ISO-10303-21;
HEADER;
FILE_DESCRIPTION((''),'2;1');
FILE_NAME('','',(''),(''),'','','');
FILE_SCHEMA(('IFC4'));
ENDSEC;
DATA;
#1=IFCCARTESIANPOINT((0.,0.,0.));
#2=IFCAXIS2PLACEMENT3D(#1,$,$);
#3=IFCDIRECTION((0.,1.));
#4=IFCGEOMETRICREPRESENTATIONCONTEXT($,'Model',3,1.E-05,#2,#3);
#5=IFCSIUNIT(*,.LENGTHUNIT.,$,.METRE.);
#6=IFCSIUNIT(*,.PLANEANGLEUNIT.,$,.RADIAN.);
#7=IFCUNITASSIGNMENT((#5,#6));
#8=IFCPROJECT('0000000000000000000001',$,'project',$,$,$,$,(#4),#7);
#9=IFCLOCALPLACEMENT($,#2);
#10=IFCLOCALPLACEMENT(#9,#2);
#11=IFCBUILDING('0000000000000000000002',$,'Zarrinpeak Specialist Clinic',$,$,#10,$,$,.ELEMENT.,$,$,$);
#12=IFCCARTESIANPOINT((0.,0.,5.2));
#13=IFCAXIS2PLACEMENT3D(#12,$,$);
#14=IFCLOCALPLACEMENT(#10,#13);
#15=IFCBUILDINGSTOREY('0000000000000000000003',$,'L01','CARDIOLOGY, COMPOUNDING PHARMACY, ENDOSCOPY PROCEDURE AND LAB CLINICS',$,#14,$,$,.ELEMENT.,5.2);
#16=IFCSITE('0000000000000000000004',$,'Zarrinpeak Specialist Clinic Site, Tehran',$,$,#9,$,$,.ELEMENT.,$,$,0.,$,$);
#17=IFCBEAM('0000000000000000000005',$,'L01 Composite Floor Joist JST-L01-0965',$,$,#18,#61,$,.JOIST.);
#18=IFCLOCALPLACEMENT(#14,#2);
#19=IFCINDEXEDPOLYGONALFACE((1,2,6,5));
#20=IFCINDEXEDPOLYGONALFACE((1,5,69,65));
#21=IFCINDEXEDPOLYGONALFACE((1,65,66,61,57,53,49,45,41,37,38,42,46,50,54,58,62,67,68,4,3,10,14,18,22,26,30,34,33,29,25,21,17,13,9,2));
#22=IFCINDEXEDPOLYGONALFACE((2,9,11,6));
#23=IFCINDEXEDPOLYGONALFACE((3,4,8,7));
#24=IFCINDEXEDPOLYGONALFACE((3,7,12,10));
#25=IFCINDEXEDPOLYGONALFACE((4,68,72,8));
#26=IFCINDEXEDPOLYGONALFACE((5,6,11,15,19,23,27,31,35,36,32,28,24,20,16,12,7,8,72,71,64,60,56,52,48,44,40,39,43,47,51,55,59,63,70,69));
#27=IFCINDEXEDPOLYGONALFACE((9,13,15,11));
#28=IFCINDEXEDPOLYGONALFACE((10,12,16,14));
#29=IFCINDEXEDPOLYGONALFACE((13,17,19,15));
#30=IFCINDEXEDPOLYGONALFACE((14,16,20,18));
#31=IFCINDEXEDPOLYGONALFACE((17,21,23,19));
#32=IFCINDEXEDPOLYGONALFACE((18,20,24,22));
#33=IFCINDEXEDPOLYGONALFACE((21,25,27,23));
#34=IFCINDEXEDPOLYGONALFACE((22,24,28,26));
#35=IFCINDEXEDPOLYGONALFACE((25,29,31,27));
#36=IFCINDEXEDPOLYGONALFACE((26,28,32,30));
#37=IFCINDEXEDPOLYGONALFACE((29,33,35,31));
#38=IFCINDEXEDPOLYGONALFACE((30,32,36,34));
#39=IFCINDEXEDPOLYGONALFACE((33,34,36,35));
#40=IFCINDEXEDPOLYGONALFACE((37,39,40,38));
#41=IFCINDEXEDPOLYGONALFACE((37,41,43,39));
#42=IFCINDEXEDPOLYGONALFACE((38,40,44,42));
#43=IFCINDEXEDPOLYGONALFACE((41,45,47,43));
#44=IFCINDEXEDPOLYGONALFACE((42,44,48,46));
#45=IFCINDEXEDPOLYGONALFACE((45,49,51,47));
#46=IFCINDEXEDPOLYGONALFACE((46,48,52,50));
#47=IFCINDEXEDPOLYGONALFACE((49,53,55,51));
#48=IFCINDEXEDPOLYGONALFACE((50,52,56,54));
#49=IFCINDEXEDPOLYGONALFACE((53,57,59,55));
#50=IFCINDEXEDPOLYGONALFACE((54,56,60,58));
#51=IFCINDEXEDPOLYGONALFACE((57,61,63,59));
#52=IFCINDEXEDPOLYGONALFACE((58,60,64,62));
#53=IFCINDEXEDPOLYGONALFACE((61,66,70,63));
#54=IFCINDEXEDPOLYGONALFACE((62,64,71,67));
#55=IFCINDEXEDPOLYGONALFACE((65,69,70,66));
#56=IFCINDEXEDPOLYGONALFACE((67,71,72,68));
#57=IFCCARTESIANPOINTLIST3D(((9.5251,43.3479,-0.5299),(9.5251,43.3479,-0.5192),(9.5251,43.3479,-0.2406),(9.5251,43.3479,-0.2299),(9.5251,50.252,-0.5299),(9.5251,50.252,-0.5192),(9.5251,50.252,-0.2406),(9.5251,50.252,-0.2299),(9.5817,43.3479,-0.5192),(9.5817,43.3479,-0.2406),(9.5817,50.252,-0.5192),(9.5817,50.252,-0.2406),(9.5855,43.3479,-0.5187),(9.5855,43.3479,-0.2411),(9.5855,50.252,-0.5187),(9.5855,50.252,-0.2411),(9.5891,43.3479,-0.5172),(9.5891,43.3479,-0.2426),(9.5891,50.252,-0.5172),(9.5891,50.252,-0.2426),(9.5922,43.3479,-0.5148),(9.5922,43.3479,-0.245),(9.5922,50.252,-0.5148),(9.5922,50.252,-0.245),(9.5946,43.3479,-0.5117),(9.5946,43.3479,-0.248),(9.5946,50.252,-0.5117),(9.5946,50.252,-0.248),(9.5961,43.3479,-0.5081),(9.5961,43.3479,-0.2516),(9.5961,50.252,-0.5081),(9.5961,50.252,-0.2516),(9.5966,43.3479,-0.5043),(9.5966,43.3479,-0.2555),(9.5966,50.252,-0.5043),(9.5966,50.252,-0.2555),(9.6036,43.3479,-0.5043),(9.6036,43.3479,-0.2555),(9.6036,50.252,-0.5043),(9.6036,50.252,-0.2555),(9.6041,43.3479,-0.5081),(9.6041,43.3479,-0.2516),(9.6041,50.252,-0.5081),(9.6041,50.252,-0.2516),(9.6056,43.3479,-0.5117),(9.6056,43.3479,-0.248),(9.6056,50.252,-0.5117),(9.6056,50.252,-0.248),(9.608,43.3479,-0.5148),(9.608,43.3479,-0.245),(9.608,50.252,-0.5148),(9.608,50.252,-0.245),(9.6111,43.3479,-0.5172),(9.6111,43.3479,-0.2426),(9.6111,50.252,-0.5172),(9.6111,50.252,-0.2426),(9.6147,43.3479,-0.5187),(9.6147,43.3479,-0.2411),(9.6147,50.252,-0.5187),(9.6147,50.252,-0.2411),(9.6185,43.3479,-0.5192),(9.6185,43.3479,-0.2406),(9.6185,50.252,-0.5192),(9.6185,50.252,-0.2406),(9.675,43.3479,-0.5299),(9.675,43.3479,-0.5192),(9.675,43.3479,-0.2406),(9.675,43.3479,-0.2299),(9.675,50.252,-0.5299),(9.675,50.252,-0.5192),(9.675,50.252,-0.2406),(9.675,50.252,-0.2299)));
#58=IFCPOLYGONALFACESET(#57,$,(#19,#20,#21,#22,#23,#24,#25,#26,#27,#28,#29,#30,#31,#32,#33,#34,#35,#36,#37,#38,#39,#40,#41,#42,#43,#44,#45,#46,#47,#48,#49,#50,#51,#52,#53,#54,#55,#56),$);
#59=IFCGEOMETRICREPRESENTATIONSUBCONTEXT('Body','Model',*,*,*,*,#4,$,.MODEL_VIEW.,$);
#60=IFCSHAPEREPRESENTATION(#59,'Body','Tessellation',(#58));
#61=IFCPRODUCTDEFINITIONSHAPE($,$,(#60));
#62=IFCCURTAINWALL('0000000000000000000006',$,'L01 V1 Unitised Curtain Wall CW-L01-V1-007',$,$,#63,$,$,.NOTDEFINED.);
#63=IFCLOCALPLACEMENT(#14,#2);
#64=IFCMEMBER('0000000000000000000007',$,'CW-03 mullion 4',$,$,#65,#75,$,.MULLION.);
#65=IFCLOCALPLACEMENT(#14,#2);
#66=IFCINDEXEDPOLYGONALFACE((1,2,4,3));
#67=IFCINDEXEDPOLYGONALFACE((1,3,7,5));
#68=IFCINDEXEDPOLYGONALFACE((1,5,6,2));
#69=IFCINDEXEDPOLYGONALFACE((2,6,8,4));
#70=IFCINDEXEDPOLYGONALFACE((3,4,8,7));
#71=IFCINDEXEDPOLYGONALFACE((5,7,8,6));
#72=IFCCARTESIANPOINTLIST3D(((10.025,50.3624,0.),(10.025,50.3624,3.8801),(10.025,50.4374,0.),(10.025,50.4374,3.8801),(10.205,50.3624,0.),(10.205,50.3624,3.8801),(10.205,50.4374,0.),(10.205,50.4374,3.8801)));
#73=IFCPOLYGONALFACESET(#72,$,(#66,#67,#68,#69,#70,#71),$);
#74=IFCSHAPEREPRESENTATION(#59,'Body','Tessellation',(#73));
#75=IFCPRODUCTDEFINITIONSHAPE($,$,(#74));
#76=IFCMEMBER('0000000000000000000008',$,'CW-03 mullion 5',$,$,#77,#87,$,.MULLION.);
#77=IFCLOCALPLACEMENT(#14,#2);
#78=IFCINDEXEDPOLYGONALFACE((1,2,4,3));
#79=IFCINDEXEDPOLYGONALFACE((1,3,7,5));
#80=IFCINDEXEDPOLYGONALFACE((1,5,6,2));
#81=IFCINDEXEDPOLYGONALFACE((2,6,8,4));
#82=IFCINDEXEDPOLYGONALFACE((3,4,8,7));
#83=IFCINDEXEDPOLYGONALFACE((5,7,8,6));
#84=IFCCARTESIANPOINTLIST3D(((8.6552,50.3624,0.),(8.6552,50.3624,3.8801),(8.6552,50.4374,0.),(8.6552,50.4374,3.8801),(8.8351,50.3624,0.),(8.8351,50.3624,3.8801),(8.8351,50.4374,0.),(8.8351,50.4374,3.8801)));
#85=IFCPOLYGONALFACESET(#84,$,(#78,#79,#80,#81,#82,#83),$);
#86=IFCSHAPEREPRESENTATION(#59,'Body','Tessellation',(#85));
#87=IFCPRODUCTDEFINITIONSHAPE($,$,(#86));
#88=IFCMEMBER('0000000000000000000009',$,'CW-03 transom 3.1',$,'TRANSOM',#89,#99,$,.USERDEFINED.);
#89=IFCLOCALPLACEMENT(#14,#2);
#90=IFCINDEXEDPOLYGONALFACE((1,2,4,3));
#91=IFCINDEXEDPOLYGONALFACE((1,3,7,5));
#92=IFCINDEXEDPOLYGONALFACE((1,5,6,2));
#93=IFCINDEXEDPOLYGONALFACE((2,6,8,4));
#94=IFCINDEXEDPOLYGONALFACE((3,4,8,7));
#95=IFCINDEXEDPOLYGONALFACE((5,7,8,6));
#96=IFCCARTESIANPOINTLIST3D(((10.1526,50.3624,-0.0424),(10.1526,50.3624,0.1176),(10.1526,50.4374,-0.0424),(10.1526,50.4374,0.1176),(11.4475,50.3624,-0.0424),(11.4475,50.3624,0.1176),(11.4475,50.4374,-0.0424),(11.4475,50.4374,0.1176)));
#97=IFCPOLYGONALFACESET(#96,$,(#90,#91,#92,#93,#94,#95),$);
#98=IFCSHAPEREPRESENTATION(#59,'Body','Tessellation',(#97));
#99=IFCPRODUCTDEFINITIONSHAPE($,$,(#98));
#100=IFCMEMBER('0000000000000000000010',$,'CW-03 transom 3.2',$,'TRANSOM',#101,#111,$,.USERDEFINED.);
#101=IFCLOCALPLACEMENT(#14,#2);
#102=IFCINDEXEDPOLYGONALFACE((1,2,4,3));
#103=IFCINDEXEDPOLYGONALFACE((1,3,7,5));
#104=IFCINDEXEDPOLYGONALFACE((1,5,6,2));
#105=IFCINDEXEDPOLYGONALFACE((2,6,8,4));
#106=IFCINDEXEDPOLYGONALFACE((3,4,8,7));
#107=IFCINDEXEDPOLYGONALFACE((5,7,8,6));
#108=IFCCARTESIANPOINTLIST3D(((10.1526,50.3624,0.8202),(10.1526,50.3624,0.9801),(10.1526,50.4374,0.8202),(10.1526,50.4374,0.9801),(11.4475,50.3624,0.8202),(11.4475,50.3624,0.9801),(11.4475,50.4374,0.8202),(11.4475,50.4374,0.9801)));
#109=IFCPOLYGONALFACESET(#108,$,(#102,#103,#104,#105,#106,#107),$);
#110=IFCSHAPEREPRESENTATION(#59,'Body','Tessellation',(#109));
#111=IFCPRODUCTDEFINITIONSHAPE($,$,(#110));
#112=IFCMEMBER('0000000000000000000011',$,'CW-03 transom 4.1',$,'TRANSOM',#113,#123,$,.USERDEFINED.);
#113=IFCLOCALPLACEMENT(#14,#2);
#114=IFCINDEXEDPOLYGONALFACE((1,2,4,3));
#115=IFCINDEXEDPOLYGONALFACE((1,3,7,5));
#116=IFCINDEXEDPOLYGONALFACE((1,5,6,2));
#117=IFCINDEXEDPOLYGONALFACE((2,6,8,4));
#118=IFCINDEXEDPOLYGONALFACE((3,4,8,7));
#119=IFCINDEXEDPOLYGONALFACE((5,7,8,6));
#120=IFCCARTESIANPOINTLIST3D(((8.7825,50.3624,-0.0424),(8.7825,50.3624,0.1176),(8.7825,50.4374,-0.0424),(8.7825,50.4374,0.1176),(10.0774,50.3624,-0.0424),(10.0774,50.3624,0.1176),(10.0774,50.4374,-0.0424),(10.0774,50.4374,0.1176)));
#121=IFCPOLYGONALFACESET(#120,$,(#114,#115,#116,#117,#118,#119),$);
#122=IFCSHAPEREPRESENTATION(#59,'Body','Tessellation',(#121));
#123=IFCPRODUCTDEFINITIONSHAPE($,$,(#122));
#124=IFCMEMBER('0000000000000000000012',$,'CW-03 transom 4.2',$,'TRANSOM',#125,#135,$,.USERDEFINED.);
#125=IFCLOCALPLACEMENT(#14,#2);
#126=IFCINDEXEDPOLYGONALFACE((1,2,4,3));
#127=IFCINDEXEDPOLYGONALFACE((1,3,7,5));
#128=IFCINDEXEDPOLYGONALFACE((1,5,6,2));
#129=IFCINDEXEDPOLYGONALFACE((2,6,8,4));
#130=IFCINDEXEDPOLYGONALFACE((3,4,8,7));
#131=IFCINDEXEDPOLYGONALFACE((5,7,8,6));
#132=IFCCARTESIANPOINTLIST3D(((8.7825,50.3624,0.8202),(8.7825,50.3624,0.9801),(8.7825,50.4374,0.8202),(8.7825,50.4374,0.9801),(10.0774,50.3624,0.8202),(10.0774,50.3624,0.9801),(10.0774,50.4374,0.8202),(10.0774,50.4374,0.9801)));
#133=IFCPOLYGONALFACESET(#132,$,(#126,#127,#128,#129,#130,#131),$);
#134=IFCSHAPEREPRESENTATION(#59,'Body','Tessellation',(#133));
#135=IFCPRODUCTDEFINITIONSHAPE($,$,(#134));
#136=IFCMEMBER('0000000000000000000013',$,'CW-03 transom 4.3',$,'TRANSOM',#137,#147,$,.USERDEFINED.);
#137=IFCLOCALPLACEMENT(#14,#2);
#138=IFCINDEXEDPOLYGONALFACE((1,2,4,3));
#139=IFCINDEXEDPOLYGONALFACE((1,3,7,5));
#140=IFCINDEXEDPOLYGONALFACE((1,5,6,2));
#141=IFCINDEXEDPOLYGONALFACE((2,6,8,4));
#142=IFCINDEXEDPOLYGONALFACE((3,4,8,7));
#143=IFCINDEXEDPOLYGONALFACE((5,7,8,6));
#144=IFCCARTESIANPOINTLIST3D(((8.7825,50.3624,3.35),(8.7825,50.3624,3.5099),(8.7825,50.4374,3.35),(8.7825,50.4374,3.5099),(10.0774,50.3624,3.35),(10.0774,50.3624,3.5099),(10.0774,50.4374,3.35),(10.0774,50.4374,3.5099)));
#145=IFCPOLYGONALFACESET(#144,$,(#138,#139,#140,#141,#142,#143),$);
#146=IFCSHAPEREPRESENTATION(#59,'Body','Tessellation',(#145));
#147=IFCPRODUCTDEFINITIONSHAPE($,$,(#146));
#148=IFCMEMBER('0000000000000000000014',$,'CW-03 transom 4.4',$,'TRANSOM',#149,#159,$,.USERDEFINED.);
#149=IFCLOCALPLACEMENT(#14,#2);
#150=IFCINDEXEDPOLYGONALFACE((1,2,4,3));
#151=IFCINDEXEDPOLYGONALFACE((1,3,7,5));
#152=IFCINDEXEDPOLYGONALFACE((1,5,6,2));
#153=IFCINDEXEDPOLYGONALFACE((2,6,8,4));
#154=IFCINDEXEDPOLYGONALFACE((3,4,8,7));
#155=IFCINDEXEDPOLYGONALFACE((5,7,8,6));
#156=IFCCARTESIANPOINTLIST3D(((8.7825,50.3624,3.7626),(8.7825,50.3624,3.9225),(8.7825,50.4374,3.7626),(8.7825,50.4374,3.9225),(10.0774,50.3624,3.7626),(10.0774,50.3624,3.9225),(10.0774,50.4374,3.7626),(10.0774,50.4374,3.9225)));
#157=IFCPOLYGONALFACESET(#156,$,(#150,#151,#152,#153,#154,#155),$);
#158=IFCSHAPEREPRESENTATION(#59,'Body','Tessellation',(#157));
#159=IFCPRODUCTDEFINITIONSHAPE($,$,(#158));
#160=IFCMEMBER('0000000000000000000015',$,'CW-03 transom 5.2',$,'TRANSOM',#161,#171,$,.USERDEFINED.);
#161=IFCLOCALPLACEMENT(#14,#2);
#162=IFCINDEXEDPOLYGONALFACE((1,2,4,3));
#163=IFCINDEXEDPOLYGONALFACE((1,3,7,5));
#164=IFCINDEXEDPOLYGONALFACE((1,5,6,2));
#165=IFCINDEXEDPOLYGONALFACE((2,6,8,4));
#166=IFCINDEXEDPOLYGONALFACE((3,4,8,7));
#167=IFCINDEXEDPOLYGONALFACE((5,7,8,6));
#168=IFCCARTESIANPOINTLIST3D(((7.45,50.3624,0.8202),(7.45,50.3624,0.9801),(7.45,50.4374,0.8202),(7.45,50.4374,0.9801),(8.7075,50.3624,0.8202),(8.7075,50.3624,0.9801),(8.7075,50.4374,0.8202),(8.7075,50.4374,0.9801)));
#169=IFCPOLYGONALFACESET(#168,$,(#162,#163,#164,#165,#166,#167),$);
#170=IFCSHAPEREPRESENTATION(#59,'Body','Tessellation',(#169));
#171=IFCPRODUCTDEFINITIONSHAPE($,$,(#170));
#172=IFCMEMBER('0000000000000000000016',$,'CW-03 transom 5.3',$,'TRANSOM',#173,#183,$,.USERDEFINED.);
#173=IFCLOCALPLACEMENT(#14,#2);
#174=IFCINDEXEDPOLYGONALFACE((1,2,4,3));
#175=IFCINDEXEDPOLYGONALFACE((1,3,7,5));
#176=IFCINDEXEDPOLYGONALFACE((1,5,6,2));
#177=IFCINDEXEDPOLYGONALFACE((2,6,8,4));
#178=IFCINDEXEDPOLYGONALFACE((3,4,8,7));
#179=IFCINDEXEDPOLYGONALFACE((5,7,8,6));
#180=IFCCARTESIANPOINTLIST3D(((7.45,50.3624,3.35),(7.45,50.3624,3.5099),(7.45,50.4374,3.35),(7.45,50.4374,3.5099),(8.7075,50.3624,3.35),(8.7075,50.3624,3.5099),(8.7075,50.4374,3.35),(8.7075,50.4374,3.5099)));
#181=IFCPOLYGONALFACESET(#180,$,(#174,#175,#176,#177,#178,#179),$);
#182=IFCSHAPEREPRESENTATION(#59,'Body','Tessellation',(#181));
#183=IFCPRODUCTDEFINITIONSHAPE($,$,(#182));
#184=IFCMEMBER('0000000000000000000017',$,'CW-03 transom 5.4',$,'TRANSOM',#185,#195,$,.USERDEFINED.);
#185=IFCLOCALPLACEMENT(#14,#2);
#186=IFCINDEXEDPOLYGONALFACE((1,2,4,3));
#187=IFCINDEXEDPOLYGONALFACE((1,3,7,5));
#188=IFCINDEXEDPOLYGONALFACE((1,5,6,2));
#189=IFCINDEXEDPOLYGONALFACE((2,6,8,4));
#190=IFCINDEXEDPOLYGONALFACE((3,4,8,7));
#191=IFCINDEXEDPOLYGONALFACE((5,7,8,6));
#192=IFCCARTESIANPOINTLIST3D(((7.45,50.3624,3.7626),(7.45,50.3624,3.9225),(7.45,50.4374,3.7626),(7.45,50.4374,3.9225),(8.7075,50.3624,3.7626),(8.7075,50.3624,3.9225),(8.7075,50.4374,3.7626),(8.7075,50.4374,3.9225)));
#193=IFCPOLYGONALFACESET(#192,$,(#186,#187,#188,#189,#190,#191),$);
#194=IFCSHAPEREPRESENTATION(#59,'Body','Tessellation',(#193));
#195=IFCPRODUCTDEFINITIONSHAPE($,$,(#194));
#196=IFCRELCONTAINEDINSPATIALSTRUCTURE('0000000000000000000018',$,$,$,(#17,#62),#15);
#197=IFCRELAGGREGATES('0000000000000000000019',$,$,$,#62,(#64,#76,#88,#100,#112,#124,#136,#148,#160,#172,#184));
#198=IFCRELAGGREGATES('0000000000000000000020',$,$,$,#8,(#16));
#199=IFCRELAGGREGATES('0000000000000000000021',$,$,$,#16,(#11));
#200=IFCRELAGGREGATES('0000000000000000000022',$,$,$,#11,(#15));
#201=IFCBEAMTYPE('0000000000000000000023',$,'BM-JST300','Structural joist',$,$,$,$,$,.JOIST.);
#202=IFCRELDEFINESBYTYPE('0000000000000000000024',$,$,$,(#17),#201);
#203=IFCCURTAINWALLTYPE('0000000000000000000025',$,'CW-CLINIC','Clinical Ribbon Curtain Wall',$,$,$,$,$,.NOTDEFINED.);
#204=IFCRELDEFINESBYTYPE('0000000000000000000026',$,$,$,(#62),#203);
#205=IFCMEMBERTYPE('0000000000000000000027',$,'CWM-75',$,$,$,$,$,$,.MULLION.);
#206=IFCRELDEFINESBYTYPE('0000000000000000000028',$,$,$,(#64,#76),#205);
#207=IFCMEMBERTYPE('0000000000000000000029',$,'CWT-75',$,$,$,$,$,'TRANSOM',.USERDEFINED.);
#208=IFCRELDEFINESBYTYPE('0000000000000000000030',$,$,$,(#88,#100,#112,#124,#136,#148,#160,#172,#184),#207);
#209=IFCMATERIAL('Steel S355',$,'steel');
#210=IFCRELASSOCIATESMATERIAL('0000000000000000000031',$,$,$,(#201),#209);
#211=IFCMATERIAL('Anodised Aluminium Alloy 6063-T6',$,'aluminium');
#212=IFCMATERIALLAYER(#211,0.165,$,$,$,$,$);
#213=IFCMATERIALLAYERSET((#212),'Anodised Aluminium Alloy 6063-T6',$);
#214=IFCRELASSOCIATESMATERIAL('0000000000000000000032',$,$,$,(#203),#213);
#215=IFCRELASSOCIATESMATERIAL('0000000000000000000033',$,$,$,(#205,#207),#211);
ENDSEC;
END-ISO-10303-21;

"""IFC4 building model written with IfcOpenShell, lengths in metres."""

from ifc_helpers import new_model, si_unit, direction, frame, origin, origin_2d, place, context, subcontext, project, spatial, rectangle, i_section, extrude, material, layer, layer_set, material_profile, profile_set, type_object, element, aggregate, save


model = new_model("IFC4")

# Units and contexts
model_context = context("Model", 3, precision=1e-05, world=origin(), true_north=direction((0.0, 1.0)))
body_context = subcontext(model_context, "Body", "Model", "MODEL_VIEW")
ifc_project = project(units=[si_unit("LENGTHUNIT", "METRE"), si_unit("PLANEANGLEUNIT", "RADIAN")], contexts=[model_context])

# Site, building, storey
site_placement = place(None, origin())
site = spatial("IfcSite", under=ifc_project, at=site_placement, Name="Zarrinpeak Specialist Clinic Site, Tehran", CompositionType="ELEMENT", RefElevation=0.0)
building_placement = place(site_placement, origin())
building = spatial("IfcBuilding", under=site, at=building_placement, Name="Zarrinpeak Specialist Clinic", CompositionType="ELEMENT")
storey_placement = place(building_placement, frame((0.0, 0.0, 5.2)))
storey = spatial("IfcBuildingStorey", under=building, at=storey_placement, Name="L01", Description="CARDIOLOGY, COMPOUNDING PHARMACY, ENDOSCOPY PROCEDURE AND LAB CLINICS", CompositionType="ELEMENT", Elevation=5.2)

# Beam
ifc_material_1 = material(Name="Steel S355", Category="steel")
ifc_material_profile_1 = material_profile(ifc_material_1, i_section(OverallWidth=0.1499, OverallDepth=0.3, WebThickness=0.0071, FlangeThickness=0.0107, FilletRadius=0.0149, at=origin_2d()), Name="IPE 300")
ifc_profile_set_1 = profile_set([ifc_material_profile_1], Name="Steel S355")
beam_type = type_object("IfcBeamType", Name="BM-JST300", Description="Structural joist", PredefinedType="JOIST", material=ifc_profile_set_1)
beam_placement = place(storey_placement, frame((9.6001, 43.3479, -0.3799), z_axis=(0.0, 1.0, 0.0), x_axis=(-1.0, 0.0, 0.0)))
element("IfcBeam", 1, at=beam_placement, inside=storey, type_object=beam_type, Name="L01 Composite Floor Joist JST-L01-0965", PredefinedType="JOIST", context=body_context, shape_type="SweptSolid", body=[
    extrude(i_section(OverallWidth=0.1499, OverallDepth=0.3, WebThickness=0.0071, FlangeThickness=0.0107, FilletRadius=0.0149, at=origin_2d()), origin(), (0.0, 0.0, 1.0), 6.9041),
])

# Curtain wall, members
ifc_material_2 = material(Name="Anodised Aluminium Alloy 6063-T6", Category="aluminium")
ifc_layer_1 = layer(ifc_material_2, 0.165)
ifc_layer_set_1 = layer_set([ifc_layer_1], Name="Anodised Aluminium Alloy 6063-T6")
curtain_wall_type = type_object("IfcCurtainWallType", Name="CW-CLINIC", Description="Clinical Ribbon Curtain Wall", PredefinedType="NOTDEFINED", material=ifc_layer_set_1)
curtain_wall_placement = place(storey_placement, origin())
curtain_wall = element("IfcCurtainWall", 2, at=curtain_wall_placement, inside=storey, type_object=curtain_wall_type, Name="L01 V1 Unitised Curtain Wall CW-L01-V1-007", PredefinedType="NOTDEFINED")
ifc_material_profile_2 = material_profile(ifc_material_2, rectangle(XDim=0.075, YDim=0.1799, at=origin_2d()), Name="ALU 75x180")
ifc_profile_set_2 = profile_set([ifc_material_profile_2], Name="Anodised Aluminium Alloy 6063-T6")
member_type_1 = type_object("IfcMemberType", Name="CWM-75", PredefinedType="MULLION", material=ifc_profile_set_2)
member_1_placement = place(storey_placement, frame((10.115, 50.3999, 0.0), z_axis=(0.0, 0.0, 1.0), x_axis=(0.0, -1.0, 0.0)))
member_1 = element("IfcMember", 3, at=member_1_placement, type_object=member_type_1, Name="CW-03 mullion 4", PredefinedType="MULLION", context=body_context, shape_type="SweptSolid", body=[
    extrude(rectangle(XDim=0.075, YDim=0.1799, at=origin_2d()), origin(), (0.0, 0.0, 1.0), 3.8801),
])
member_2_placement = place(storey_placement, frame((8.7451, 50.3999, 0.0), z_axis=(0.0, 0.0, 1.0), x_axis=(0.0, -1.0, 0.0)))
member_2 = element("IfcMember", 4, at=member_2_placement, type_object=member_type_1, Name="CW-03 mullion 5", PredefinedType="MULLION", context=body_context, shape_type="SweptSolid", body=[
    extrude(rectangle(XDim=0.075, YDim=0.1799, at=origin_2d()), origin(), (0.0, 0.0, 1.0), 3.8801),
])
ifc_material_profile_3 = material_profile(ifc_material_2, rectangle(XDim=0.075, YDim=0.1599, at=origin_2d()), Name="ALU 75x160")
ifc_profile_set_3 = profile_set([ifc_material_profile_3], Name="Anodised Aluminium Alloy 6063-T6")
member_type_2 = type_object("IfcMemberType", Name="CWT-75", ElementType="TRANSOM", PredefinedType="USERDEFINED", material=ifc_profile_set_3)
member_3_placement = place(storey_placement, frame((11.4475, 50.3999, 0.0376), z_axis=(-1.0, 0.0, 0.0), x_axis=(0.0, -1.0, 0.0)))
member_3 = element("IfcMember", 5, at=member_3_placement, type_object=member_type_2, Name="CW-03 transom 3.1", ObjectType="TRANSOM", PredefinedType="USERDEFINED", context=body_context, shape_type="SweptSolid", body=[
    extrude(rectangle(XDim=0.075, YDim=0.1599, at=origin_2d()), origin(), (0.0, 0.0, 1.0), 1.2949),
])
member_4_placement = place(storey_placement, frame((11.4475, 50.3999, 0.9001), z_axis=(-1.0, 0.0, 0.0), x_axis=(0.0, -1.0, 0.0)))
member_4 = element("IfcMember", 6, at=member_4_placement, type_object=member_type_2, Name="CW-03 transom 3.2", ObjectType="TRANSOM", PredefinedType="USERDEFINED", context=body_context, shape_type="SweptSolid", body=[
    extrude(rectangle(XDim=0.075, YDim=0.1599, at=origin_2d()), origin(), (0.0, 0.0, 1.0), 1.2949),
])
member_5_placement = place(storey_placement, frame((10.0774, 50.3999, 0.0376), z_axis=(-1.0, 0.0, 0.0), x_axis=(0.0, -1.0, 0.0)))
member_5 = element("IfcMember", 7, at=member_5_placement, type_object=member_type_2, Name="CW-03 transom 4.1", ObjectType="TRANSOM", PredefinedType="USERDEFINED", context=body_context, shape_type="SweptSolid", body=[
    extrude(rectangle(XDim=0.075, YDim=0.1599, at=origin_2d()), origin(), (0.0, 0.0, 1.0), 1.2949),
])
member_6_placement = place(storey_placement, frame((10.0774, 50.3999, 0.9001), z_axis=(-1.0, 0.0, 0.0), x_axis=(0.0, -1.0, 0.0)))
member_6 = element("IfcMember", 8, at=member_6_placement, type_object=member_type_2, Name="CW-03 transom 4.2", ObjectType="TRANSOM", PredefinedType="USERDEFINED", context=body_context, shape_type="SweptSolid", body=[
    extrude(rectangle(XDim=0.075, YDim=0.1599, at=origin_2d()), origin(), (0.0, 0.0, 1.0), 1.2949),
])
member_7_placement = place(storey_placement, frame((10.0774, 50.3999, 3.4299), z_axis=(-1.0, 0.0, 0.0), x_axis=(0.0, -1.0, 0.0)))
member_7 = element("IfcMember", 9, at=member_7_placement, type_object=member_type_2, Name="CW-03 transom 4.3", ObjectType="TRANSOM", PredefinedType="USERDEFINED", context=body_context, shape_type="SweptSolid", body=[
    extrude(rectangle(XDim=0.075, YDim=0.1599, at=origin_2d()), origin(), (0.0, 0.0, 1.0), 1.2949),
])
member_8_placement = place(storey_placement, frame((10.0774, 50.3999, 3.8425), z_axis=(-1.0, 0.0, 0.0), x_axis=(0.0, -1.0, 0.0)))
member_8 = element("IfcMember", 10, at=member_8_placement, type_object=member_type_2, Name="CW-03 transom 4.4", ObjectType="TRANSOM", PredefinedType="USERDEFINED", context=body_context, shape_type="SweptSolid", body=[
    extrude(rectangle(XDim=0.075, YDim=0.1599, at=origin_2d()), origin(), (0.0, 0.0, 1.0), 1.2949),
])
member_9_placement = place(storey_placement, frame((8.7075, 50.3999, 0.9001), z_axis=(-1.0, 0.0, 0.0), x_axis=(0.0, -1.0, 0.0)))
member_9 = element("IfcMember", 11, at=member_9_placement, type_object=member_type_2, Name="CW-03 transom 5.2", ObjectType="TRANSOM", PredefinedType="USERDEFINED", context=body_context, shape_type="SweptSolid", body=[
    extrude(rectangle(XDim=0.075, YDim=0.1599, at=origin_2d()), origin(), (0.0, 0.0, 1.0), 1.2576),
])
member_10_placement = place(storey_placement, frame((8.7075, 50.3999, 3.4299), z_axis=(-1.0, 0.0, 0.0), x_axis=(0.0, -1.0, 0.0)))
member_10 = element("IfcMember", 12, at=member_10_placement, type_object=member_type_2, Name="CW-03 transom 5.3", ObjectType="TRANSOM", PredefinedType="USERDEFINED", context=body_context, shape_type="SweptSolid", body=[
    extrude(rectangle(XDim=0.075, YDim=0.1599, at=origin_2d()), origin(), (0.0, 0.0, 1.0), 1.2576),
])
member_11_placement = place(storey_placement, frame((8.7075, 50.3999, 3.8425), z_axis=(-1.0, 0.0, 0.0), x_axis=(0.0, -1.0, 0.0)))
member_11 = element("IfcMember", 13, at=member_11_placement, type_object=member_type_2, Name="CW-03 transom 5.4", ObjectType="TRANSOM", PredefinedType="USERDEFINED", context=body_context, shape_type="SweptSolid", body=[
    extrude(rectangle(XDim=0.075, YDim=0.1599, at=origin_2d()), origin(), (0.0, 0.0, 1.0), 1.2576),
])
aggregate(curtain_wall, [member_1, member_2, member_3, member_4, member_5, member_6, member_7, member_8, member_9, member_10, member_11])

save(model, "model.ifc")
